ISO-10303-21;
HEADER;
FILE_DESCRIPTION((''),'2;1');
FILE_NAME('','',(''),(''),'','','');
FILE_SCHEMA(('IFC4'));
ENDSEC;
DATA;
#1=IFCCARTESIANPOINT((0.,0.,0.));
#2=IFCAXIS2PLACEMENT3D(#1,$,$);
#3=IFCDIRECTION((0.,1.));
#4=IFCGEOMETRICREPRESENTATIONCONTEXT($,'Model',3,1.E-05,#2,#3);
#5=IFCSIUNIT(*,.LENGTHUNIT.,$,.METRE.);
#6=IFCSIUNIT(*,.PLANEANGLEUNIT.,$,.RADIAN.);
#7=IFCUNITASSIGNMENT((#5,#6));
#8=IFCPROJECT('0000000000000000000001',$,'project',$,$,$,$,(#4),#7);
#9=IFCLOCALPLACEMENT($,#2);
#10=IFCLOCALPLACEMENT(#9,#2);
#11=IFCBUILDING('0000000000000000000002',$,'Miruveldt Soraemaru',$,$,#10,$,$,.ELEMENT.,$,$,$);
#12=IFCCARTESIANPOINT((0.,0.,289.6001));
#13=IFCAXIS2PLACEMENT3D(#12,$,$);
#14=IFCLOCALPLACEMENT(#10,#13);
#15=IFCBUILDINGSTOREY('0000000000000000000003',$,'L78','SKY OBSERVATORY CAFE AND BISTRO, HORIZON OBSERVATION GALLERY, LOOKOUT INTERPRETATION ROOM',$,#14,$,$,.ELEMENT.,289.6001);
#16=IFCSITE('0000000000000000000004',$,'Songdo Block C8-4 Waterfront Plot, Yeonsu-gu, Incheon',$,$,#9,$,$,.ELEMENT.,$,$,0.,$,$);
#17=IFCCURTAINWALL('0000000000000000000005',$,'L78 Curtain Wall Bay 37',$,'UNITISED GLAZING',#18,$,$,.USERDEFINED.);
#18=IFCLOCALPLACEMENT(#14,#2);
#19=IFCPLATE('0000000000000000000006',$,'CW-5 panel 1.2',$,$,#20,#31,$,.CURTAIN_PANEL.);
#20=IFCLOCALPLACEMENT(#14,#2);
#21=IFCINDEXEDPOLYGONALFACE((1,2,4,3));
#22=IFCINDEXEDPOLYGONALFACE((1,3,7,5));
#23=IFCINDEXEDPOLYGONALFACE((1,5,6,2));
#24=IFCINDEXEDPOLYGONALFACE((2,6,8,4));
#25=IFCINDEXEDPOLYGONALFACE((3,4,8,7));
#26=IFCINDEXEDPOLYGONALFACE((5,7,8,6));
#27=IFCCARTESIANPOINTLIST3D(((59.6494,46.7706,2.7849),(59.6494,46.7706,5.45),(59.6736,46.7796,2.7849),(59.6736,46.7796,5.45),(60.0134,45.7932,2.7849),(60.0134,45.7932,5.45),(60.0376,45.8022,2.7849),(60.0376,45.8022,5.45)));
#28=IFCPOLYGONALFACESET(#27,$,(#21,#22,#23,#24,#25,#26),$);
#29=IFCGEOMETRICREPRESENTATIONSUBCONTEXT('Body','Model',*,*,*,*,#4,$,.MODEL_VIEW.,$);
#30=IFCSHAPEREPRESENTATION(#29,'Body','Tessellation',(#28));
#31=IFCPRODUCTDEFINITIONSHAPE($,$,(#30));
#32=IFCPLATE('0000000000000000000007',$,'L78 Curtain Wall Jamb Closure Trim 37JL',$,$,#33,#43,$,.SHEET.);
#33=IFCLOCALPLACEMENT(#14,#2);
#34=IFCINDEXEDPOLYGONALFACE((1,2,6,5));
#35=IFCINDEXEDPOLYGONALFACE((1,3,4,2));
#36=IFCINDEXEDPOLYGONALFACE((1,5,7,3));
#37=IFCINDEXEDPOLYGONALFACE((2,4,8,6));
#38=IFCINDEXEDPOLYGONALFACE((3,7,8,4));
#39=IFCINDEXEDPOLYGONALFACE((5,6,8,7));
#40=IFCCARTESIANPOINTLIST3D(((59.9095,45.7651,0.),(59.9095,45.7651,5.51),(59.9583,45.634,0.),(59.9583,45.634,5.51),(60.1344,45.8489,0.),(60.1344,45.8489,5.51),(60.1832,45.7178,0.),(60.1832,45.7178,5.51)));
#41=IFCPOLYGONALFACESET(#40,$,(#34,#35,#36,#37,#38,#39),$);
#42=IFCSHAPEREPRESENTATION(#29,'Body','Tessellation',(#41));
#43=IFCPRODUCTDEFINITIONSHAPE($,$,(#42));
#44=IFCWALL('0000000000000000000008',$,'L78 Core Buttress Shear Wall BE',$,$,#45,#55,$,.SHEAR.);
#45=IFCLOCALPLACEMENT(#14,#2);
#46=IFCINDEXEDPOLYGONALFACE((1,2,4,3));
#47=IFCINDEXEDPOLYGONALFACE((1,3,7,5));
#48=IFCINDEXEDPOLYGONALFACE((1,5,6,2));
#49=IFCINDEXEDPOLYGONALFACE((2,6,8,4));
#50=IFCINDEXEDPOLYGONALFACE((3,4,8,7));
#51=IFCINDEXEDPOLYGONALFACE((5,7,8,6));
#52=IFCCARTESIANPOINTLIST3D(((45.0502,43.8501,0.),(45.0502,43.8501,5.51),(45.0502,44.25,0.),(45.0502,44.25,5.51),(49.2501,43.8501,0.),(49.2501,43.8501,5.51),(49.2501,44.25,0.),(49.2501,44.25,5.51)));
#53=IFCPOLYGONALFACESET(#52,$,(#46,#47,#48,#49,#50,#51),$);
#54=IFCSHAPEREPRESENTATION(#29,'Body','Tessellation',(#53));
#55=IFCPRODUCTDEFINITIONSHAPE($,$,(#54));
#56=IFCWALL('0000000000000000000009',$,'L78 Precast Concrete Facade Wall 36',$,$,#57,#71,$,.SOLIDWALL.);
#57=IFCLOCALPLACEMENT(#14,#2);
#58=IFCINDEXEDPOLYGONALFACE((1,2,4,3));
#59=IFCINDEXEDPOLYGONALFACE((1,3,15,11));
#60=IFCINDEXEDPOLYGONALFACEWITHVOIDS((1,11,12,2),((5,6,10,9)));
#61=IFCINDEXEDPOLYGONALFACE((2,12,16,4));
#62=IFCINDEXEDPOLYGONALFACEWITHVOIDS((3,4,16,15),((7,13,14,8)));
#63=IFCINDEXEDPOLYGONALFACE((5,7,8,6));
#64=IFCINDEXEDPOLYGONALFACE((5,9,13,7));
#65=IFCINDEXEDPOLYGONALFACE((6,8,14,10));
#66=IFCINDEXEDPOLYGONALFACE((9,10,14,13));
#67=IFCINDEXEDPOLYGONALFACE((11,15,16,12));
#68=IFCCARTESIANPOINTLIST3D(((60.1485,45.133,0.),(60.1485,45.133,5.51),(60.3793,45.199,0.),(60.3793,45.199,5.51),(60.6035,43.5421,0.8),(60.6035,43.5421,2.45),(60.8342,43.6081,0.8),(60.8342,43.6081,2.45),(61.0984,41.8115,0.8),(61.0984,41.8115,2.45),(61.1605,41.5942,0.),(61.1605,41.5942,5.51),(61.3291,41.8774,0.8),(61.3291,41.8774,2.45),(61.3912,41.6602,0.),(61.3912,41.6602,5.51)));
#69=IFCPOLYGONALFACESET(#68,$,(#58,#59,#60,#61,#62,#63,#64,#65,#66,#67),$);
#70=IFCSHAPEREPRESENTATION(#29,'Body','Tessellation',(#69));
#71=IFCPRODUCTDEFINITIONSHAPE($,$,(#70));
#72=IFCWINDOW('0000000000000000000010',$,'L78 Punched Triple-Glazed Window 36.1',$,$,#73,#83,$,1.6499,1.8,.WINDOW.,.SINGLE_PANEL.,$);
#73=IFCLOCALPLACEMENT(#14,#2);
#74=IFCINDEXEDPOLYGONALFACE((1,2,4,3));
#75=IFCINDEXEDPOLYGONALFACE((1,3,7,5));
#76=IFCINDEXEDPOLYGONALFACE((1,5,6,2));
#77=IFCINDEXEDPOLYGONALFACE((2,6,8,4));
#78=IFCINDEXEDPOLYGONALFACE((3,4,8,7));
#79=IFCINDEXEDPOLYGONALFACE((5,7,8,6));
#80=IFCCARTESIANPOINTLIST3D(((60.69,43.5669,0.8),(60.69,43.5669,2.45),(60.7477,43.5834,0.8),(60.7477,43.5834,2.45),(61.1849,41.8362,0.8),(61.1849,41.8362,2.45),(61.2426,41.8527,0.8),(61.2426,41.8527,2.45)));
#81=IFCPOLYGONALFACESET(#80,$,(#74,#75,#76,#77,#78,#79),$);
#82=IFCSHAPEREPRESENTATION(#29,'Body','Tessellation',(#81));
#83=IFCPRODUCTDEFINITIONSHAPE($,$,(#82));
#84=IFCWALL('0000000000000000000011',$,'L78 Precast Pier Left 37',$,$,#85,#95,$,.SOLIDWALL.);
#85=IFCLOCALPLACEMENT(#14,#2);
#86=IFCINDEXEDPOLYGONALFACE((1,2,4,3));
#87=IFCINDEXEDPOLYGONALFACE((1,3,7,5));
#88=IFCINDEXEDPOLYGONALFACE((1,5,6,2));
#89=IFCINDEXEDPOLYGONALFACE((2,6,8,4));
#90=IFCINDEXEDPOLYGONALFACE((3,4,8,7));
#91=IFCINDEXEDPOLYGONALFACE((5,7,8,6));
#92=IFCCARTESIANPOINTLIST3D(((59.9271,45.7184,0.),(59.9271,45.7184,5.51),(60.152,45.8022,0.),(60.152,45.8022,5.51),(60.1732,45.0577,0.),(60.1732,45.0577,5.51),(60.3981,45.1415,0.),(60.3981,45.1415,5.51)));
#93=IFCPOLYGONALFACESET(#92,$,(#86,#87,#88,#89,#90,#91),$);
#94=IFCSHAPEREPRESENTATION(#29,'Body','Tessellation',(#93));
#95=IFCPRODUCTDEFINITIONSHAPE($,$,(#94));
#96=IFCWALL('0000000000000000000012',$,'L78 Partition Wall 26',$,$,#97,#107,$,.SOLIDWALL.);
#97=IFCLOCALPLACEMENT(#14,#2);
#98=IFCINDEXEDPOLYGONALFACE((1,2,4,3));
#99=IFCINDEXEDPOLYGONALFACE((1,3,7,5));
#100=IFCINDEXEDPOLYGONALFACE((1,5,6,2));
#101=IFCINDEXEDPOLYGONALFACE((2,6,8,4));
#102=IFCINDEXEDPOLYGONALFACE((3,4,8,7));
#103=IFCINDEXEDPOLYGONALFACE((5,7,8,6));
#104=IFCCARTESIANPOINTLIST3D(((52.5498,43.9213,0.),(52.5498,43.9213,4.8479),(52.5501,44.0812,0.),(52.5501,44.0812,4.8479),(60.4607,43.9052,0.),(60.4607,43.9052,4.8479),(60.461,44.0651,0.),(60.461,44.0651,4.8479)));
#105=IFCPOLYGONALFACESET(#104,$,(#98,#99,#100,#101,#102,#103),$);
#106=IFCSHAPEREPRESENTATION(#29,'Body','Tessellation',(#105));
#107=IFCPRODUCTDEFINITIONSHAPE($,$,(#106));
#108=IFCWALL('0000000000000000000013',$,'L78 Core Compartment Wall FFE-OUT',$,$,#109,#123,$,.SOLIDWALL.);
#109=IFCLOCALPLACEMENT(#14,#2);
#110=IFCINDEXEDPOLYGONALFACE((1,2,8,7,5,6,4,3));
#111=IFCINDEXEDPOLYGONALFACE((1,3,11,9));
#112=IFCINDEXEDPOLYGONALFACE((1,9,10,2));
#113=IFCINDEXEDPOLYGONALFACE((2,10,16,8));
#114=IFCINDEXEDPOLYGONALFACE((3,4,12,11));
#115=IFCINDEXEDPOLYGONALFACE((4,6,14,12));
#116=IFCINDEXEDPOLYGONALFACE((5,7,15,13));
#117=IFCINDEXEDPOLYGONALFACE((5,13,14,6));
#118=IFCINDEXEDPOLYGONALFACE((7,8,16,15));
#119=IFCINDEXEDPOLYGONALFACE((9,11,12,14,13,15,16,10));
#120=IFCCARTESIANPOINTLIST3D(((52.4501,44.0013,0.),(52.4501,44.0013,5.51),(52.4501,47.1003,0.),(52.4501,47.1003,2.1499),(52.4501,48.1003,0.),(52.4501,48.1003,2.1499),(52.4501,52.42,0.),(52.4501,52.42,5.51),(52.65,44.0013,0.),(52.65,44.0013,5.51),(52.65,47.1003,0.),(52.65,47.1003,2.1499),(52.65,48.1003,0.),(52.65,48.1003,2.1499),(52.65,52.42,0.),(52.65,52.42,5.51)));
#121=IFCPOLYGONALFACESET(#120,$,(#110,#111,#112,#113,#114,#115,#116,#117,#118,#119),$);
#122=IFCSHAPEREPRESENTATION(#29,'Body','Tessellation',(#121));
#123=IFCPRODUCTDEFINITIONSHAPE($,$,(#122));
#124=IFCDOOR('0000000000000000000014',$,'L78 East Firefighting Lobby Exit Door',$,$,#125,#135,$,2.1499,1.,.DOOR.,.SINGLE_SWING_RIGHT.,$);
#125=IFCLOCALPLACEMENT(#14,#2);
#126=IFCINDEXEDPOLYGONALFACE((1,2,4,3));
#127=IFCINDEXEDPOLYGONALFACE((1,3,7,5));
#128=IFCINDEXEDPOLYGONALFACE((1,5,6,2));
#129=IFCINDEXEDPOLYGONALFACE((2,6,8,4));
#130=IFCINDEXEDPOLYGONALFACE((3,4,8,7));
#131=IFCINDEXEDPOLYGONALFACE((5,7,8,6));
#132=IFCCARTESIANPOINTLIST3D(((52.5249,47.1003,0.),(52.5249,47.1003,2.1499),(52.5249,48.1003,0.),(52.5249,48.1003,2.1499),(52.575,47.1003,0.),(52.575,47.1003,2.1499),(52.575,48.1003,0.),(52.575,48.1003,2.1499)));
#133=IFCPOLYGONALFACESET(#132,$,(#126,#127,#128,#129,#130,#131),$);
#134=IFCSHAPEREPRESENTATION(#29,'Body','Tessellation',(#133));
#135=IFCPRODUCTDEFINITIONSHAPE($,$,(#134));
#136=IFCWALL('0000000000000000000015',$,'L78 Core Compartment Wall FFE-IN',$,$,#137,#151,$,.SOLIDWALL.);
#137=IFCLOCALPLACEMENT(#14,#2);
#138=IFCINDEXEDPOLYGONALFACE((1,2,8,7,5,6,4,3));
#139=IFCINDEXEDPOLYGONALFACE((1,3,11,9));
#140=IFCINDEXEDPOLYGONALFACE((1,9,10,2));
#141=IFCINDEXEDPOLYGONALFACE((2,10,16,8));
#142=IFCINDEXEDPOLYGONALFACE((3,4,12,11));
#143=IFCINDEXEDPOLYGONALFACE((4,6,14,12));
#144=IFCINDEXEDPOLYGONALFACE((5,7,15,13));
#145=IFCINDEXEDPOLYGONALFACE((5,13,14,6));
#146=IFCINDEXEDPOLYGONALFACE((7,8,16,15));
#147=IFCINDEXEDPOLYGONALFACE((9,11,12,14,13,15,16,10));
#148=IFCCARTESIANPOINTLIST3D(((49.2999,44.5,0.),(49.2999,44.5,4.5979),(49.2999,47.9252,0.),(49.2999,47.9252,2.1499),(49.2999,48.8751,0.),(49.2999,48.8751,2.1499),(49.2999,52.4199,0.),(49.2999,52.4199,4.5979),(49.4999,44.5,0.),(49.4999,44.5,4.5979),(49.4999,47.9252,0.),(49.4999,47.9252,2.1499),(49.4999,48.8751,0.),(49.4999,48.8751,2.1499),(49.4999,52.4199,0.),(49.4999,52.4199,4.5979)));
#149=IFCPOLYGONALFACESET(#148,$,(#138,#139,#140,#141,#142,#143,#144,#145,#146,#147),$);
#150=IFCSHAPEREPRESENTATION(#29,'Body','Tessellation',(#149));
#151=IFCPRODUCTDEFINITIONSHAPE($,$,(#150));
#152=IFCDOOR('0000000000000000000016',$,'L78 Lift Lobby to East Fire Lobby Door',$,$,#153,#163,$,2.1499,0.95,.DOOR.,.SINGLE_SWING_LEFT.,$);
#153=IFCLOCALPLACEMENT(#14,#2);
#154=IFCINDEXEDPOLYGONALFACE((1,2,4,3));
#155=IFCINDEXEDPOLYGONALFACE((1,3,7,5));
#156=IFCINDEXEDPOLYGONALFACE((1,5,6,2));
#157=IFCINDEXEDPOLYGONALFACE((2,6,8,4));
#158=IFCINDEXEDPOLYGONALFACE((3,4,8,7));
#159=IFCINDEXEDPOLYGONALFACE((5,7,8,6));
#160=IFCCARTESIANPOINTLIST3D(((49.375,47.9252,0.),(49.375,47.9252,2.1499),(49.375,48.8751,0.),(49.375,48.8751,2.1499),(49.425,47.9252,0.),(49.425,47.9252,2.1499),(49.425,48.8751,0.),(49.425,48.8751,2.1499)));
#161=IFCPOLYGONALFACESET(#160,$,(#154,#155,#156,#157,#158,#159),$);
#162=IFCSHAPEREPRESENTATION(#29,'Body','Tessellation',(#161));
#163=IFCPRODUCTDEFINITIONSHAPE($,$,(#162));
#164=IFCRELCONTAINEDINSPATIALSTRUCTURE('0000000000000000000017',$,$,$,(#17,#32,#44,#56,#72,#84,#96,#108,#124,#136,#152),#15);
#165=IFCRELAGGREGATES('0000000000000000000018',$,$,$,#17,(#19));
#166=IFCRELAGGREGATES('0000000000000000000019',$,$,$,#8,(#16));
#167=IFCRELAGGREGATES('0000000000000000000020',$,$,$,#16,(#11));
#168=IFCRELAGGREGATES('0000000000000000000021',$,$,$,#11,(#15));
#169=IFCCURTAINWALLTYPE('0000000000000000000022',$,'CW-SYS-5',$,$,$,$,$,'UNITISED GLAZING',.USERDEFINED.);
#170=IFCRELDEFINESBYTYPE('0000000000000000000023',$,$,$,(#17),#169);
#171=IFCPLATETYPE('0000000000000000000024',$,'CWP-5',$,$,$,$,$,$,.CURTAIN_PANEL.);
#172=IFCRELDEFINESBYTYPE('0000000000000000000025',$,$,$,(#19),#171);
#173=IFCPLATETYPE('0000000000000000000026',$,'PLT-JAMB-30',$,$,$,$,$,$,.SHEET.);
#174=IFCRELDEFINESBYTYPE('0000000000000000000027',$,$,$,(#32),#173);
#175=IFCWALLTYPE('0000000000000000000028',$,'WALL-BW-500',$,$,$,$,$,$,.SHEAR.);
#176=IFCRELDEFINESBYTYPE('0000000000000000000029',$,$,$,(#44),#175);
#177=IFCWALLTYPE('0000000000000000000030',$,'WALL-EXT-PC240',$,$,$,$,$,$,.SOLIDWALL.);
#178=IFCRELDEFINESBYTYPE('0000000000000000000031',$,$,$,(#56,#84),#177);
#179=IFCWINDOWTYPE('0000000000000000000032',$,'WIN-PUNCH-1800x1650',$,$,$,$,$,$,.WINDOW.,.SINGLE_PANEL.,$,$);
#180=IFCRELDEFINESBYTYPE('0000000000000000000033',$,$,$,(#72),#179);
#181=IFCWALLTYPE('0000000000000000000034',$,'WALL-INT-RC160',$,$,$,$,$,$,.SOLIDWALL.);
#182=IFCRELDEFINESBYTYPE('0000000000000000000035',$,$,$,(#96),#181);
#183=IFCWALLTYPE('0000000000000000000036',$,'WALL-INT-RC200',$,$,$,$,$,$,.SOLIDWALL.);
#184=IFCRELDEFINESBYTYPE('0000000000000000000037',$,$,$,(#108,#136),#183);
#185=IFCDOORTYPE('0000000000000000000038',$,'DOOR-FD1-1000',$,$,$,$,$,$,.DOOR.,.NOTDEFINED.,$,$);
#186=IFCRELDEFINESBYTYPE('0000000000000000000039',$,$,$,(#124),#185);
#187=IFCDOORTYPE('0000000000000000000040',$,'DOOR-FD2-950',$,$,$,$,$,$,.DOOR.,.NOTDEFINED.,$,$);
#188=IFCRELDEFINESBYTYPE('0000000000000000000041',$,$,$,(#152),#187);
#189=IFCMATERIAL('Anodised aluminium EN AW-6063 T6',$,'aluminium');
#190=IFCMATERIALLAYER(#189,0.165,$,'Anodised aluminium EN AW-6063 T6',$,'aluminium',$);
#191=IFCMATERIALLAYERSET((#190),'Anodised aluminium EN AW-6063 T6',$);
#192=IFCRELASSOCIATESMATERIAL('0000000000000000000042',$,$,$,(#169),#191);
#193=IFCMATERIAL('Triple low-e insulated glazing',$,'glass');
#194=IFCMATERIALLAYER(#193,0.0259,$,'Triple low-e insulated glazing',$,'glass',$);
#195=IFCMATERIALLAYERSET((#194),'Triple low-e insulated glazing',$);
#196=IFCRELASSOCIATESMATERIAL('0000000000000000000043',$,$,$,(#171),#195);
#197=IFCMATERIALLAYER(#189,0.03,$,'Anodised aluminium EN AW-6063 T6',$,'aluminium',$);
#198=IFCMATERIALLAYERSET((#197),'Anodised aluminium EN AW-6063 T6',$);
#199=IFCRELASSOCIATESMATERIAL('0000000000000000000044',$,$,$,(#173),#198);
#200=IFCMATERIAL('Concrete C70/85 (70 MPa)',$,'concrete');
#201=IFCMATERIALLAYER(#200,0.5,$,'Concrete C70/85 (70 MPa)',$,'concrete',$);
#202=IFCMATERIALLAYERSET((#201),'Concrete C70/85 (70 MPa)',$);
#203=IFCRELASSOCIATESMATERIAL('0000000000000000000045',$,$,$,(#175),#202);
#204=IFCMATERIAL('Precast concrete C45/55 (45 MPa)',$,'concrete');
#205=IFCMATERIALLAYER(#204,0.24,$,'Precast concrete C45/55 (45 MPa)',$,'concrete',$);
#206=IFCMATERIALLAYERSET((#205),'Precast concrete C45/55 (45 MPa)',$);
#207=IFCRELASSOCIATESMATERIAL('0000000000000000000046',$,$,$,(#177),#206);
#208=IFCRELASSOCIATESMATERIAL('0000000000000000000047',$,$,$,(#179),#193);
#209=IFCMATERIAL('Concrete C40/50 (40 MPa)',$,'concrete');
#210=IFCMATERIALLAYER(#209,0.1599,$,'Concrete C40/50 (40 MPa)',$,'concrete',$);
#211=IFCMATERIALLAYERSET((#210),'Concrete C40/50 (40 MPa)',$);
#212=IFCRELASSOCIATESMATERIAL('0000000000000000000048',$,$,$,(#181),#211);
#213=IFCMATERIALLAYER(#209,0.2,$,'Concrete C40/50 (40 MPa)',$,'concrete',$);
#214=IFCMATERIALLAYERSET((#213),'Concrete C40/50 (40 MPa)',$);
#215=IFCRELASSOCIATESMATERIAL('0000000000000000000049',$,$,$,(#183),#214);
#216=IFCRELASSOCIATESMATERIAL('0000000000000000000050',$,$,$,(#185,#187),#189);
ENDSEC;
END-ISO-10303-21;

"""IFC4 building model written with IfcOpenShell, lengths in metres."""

from ifc_helpers import new_model, si_unit, direction, frame, frame_2d, origin, origin_2d, place, context, subcontext, project, spatial, rectangle, extrude, material, layer, layer_set, type_object, element, fill, aggregate, save


model = new_model("IFC4")

# Units and contexts
model_context = context("Model", 3, precision=1e-05, world=origin(), true_north=direction((0.0, 1.0)))
body_context = subcontext(model_context, "Body", "Model", "MODEL_VIEW")
ifc_project = project(units=[si_unit("LENGTHUNIT", "METRE"), si_unit("PLANEANGLEUNIT", "RADIAN")], contexts=[model_context])

# Site, building, storey
site_placement = place(None, origin())
site = spatial("IfcSite", under=ifc_project, at=site_placement, Name="Songdo Block C8-4 Waterfront Plot, Yeonsu-gu, Incheon", CompositionType="ELEMENT", RefElevation=0.0)
building_placement = place(site_placement, origin())
building = spatial("IfcBuilding", under=site, at=building_placement, Name="Miruveldt Soraemaru", CompositionType="ELEMENT")
storey_placement = place(building_placement, frame((0.0, 0.0, 289.6001)))
storey = spatial("IfcBuildingStorey", under=building, at=storey_placement, Name="L78", Description="SKY OBSERVATORY CAFE AND BISTRO, HORIZON OBSERVATION GALLERY, LOOKOUT INTERPRETATION ROOM", CompositionType="ELEMENT", Elevation=289.6001)

# Curtain wall, plate
ifc_material_1 = material(Name="Anodised aluminium EN AW-6063 T6", Category="aluminium")
ifc_layer_1 = layer(ifc_material_1, 0.165, Name="Anodised aluminium EN AW-6063 T6", Category="aluminium")
ifc_layer_set_1 = layer_set([ifc_layer_1], Name="Anodised aluminium EN AW-6063 T6")
curtain_wall_type = type_object("IfcCurtainWallType", Name="CW-SYS-5", ElementType="UNITISED GLAZING", PredefinedType="USERDEFINED", material=ifc_layer_set_1)
curtain_wall_placement = place(storey_placement, origin())
curtain_wall = element("IfcCurtainWall", 1, at=curtain_wall_placement, inside=storey, type_object=curtain_wall_type, Name="L78 Curtain Wall Bay 37", ObjectType="UNITISED GLAZING", PredefinedType="USERDEFINED")
ifc_material_2 = material(Name="Triple low-e insulated glazing", Category="glass")
ifc_layer_2 = layer(ifc_material_2, 0.0259, Name="Triple low-e insulated glazing", Category="glass")
ifc_layer_set_2 = layer_set([ifc_layer_2], Name="Triple low-e insulated glazing")
plate_type_1 = type_object("IfcPlateType", Name="CWP-5", PredefinedType="CURTAIN_PANEL", material=ifc_layer_set_2)
plate_1_placement = place(storey_placement, frame((59.8435, 46.2864, 2.7849), z_axis=(0.0, 0.0, 1.0), x_axis=(-0.34899, 0.937127, 0.0)))
plate_1 = element("IfcPlate", 2, at=plate_1_placement, type_object=plate_type_1, Name="CW-5 panel 1.2", PredefinedType="CURTAIN_PANEL", context=body_context, shape_type="SweptSolid", body=[
    extrude(rectangle(XDim=1.043, YDim=0.0259, at=origin_2d()), origin(), (0.0, 0.0, 1.0), 2.665),
])
aggregate(curtain_wall, [plate_1])

# Plate
ifc_layer_3 = layer(ifc_material_1, 0.03, Name="Anodised aluminium EN AW-6063 T6", Category="aluminium")
ifc_layer_set_3 = layer_set([ifc_layer_3], Name="Anodised aluminium EN AW-6063 T6")
plate_type_2 = type_object("IfcPlateType", Name="PLT-JAMB-30", PredefinedType="SHEET", material=ifc_layer_set_3)
plate_2_placement = place(storey_placement, frame((60.0464, 45.7415, 0.0), z_axis=(0.0, 0.0, 1.0), x_axis=(-0.349014, 0.937118, 0.0)))
element("IfcPlate", 3, at=plate_2_placement, inside=storey, type_object=plate_type_2, Name="L78 Curtain Wall Jamb Closure Trim 37JL", PredefinedType="SHEET", context=body_context, shape_type="SweptSolid", body=[
    extrude(rectangle(XDim=0.1399, YDim=0.24, at=origin_2d()), origin(), (0.0, 0.0, 1.0), 5.51),
])

# Wall
ifc_material_3 = material(Name="Concrete C70/85 (70 MPa)", Category="concrete")
ifc_layer_4 = layer(ifc_material_3, 0.5, Name="Concrete C70/85 (70 MPa)", Category="concrete")
ifc_layer_set_4 = layer_set([ifc_layer_4], Name="Concrete C70/85 (70 MPa)")
wall_type_1 = type_object("IfcWallType", Name="WALL-BW-500", PredefinedType="SHEAR", material=ifc_layer_set_4)
wall_1_placement = place(storey_placement, frame((45.05, 44.05, 0.0), z_axis=(0.0, 0.0, 1.0), x_axis=(1.0, 0.0, 0.0)))
element("IfcWall", 4, at=wall_1_placement, inside=storey, type_object=wall_type_1, Name="L78 Core Buttress Shear Wall BE", PredefinedType="SHEAR", context=body_context, shape_type="SweptSolid", body=[
    extrude(rectangle(XDim=4.2, YDim=0.3999, at=frame_2d((2.1001, 0.0))), origin(), (0.0, 0.0, 1.0), 5.51),
])

# Wall, opening, window
ifc_material_4 = material(Name="Precast concrete C45/55 (45 MPa)", Category="concrete")
ifc_layer_5 = layer(ifc_material_4, 0.24, Name="Precast concrete C45/55 (45 MPa)", Category="concrete")
ifc_layer_set_5 = layer_set([ifc_layer_5], Name="Precast concrete C45/55 (45 MPa)")
wall_type_2 = type_object("IfcWallType", Name="WALL-EXT-PC240", PredefinedType="SOLIDWALL", material=ifc_layer_set_5)
wall_2_placement = place(storey_placement, frame((61.2759, 41.6272, 0.0), z_axis=(0.0, 0.0, 1.0), x_axis=(-0.27494, 0.961461, 0.0)))
wall_2 = element("IfcWall", 5, at=wall_2_placement, inside=storey, type_object=wall_type_2, Name="L78 Precast Concrete Facade Wall 36", PredefinedType="SOLIDWALL", context=body_context, shape_type="SweptSolid", body=[
    extrude(rectangle(XDim=3.6807, YDim=0.24, at=frame_2d((1.8403, 0.0))), origin(), (0.0, 0.0, 1.0), 5.51),
])
opening_1_placement = place(wall_2_placement, frame((0.2261, 0.0, 0.8)))
opening_1 = element("IfcOpeningElement", 6, at=opening_1_placement, cuts=wall_2, PredefinedType="OPENING", context=body_context, shape_type="SweptSolid", body=[
    extrude(rectangle(XDim=1.8, YDim=1.6499, at=frame_2d((0.8999, 0.825))), frame((0.0, 0.1299, 0.0), z_axis=(0.0, -1.0, 0.0), x_axis=(1.0, 0.0, 0.0)), (0.0, 0.0, 1.0), 0.26),
])
window_type = type_object("IfcWindowType", Name="WIN-PUNCH-1800x1650", PartitioningType="SINGLE_PANEL", PredefinedType="WINDOW", material=ifc_material_2)
window_placement = place(opening_1_placement, origin())
window = element("IfcWindow", 7, at=window_placement, inside=storey, type_object=window_type, Name="L78 Punched Triple-Glazed Window 36.1", OverallHeight=1.6499, OverallWidth=1.8, PartitioningType="SINGLE_PANEL", PredefinedType="WINDOW", context=body_context, shape_type="SweptSolid", body=[
    extrude(rectangle(XDim=1.8, YDim=1.6499, at=frame_2d((0.8999, 0.825))), frame((0.0, 0.03, 0.0), z_axis=(0.0, -1.0, 0.0), x_axis=(1.0, 0.0, 0.0)), (0.0, 0.0, 1.0), 0.0601),
])
fill(opening_1, window)

# Walls
wall_3_placement = place(storey_placement, frame((60.2856, 45.0996, 0.0), z_axis=(0.0, 0.0, 1.0), x_axis=(-0.349073, 0.937095, 0.0)))
element("IfcWall", 8, at=wall_3_placement, inside=storey, type_object=wall_type_2, Name="L78 Precast Pier Left 37", PredefinedType="SOLIDWALL", context=body_context, shape_type="SweptSolid", body=[
    extrude(rectangle(XDim=0.7051, YDim=0.24, at=frame_2d((0.3525, 0.0))), origin(), (0.0, 0.0, 1.0), 5.51),
])
ifc_material_5 = material(Name="Concrete C40/50 (40 MPa)", Category="concrete")
ifc_layer_6 = layer(ifc_material_5, 0.1599, Name="Concrete C40/50 (40 MPa)", Category="concrete")
ifc_layer_set_6 = layer_set([ifc_layer_6], Name="Concrete C40/50 (40 MPa)")
wall_type_3 = type_object("IfcWallType", Name="WALL-INT-RC160", PredefinedType="SOLIDWALL", material=ifc_layer_set_6)
wall_4_placement = place(storey_placement, frame((60.4609, 43.9851, 0.0), z_axis=(0.0, 0.0, 1.0), x_axis=(-0.999998, 0.002037, 0.0)))
element("IfcWall", 9, at=wall_4_placement, inside=storey, type_object=wall_type_3, Name="L78 Partition Wall 26", PredefinedType="SOLIDWALL", context=body_context, shape_type="SweptSolid", body=[
    extrude(rectangle(XDim=7.9109, YDim=0.1599, at=frame_2d((3.9556, 0.0))), origin(), (0.0, 0.0, 1.0), 4.8479),
])

# Walls, openings, doors
ifc_layer_7 = layer(ifc_material_5, 0.2, Name="Concrete C40/50 (40 MPa)", Category="concrete")
ifc_layer_set_7 = layer_set([ifc_layer_7], Name="Concrete C40/50 (40 MPa)")
wall_type_4 = type_object("IfcWallType", Name="WALL-INT-RC200", PredefinedType="SOLIDWALL", material=ifc_layer_set_7)
wall_5_placement = place(storey_placement, frame((52.55, 44.0012, 0.0), z_axis=(0.0, 0.0, 1.0), x_axis=(0.0, 1.0, 0.0)))
wall_5 = element("IfcWall", 10, at=wall_5_placement, inside=storey, type_object=wall_type_4, Name="L78 Core Compartment Wall FFE-OUT", PredefinedType="SOLIDWALL", context=body_context, shape_type="SweptSolid", body=[
    extrude(rectangle(XDim=8.4187, YDim=0.2, at=frame_2d((4.2095, 0.0))), origin(), (0.0, 0.0, 1.0), 5.51),
])
opening_2_placement = place(wall_5_placement, frame((3.0991, 0.0, 0.0)))
opening_2 = element("IfcOpeningElement", 11, at=opening_2_placement, cuts=wall_5, PredefinedType="OPENING", context=body_context, shape_type="SweptSolid", body=[
    extrude(rectangle(XDim=1.0, YDim=2.1499, at=frame_2d((0.5, 1.075))), frame((0.0, 0.1099, 0.0), z_axis=(0.0, -1.0, 0.0), x_axis=(1.0, 0.0, 0.0)), (0.0, 0.0, 1.0), 0.22),
])
door_type_1 = type_object("IfcDoorType", Name="DOOR-FD1-1000", OperationType="NOTDEFINED", PredefinedType="DOOR", material=ifc_material_1)
door_1_placement = place(opening_2_placement, frame((1.0, 0.0, 0.0), z_axis=(0.0, 0.0, 1.0), x_axis=(-1.0, 0.0, 0.0)))
door_1 = element("IfcDoor", 12, at=door_1_placement, inside=storey, type_object=door_type_1, Name="L78 East Firefighting Lobby Exit Door", OperationType="SINGLE_SWING_RIGHT", OverallHeight=2.1499, OverallWidth=1.0, PredefinedType="DOOR", context=body_context, shape_type="SweptSolid", body=[
    extrude(rectangle(XDim=1.0, YDim=2.1499, at=frame_2d((0.5, 1.075))), frame((0.0, 0.0249, 0.0), z_axis=(0.0, -1.0, 0.0), x_axis=(1.0, 0.0, 0.0)), (0.0, 0.0, 1.0), 0.05),
])
fill(opening_2, door_1)
wall_6_placement = place(storey_placement, frame((49.3999, 44.5, 0.0), z_axis=(0.0, 0.0, 1.0), x_axis=(0.0, 1.0, 0.0)))
wall_6 = element("IfcWall", 13, at=wall_6_placement, inside=storey, type_object=wall_type_4, Name="L78 Core Compartment Wall FFE-IN", PredefinedType="SOLIDWALL", context=body_context, shape_type="SweptSolid", body=[
    extrude(rectangle(XDim=7.9199, YDim=0.2, at=frame_2d((3.96, 0.0))), origin(), (0.0, 0.0, 1.0), 4.5979),
])
opening_3_placement = place(wall_6_placement, frame((3.425, 0.0, 0.0)))
opening_3 = element("IfcOpeningElement", 14, at=opening_3_placement, cuts=wall_6, PredefinedType="OPENING", context=body_context, shape_type="SweptSolid", body=[
    extrude(rectangle(XDim=0.95, YDim=2.1499, at=frame_2d((0.4751, 1.075))), frame((0.0, 0.1099, 0.0), z_axis=(0.0, -1.0, 0.0), x_axis=(1.0, 0.0, 0.0)), (0.0, 0.0, 1.0), 0.22),
])
door_type_2 = type_object("IfcDoorType", Name="DOOR-FD2-950", OperationType="NOTDEFINED", PredefinedType="DOOR", material=ifc_material_1)
door_2_placement = place(opening_3_placement, origin())
door_2 = element("IfcDoor", 15, at=door_2_placement, inside=storey, type_object=door_type_2, Name="L78 Lift Lobby to East Fire Lobby Door", OperationType="SINGLE_SWING_LEFT", OverallHeight=2.1499, OverallWidth=0.95, PredefinedType="DOOR", context=body_context, shape_type="SweptSolid", body=[
    extrude(rectangle(XDim=0.95, YDim=2.1499, at=frame_2d((0.4751, 1.075))), frame((0.0, 0.0249, 0.0), z_axis=(0.0, -1.0, 0.0), x_axis=(1.0, 0.0, 0.0)), (0.0, 0.0, 1.0), 0.05),
])
fill(opening_3, door_2)

save(model, "model.ifc")
